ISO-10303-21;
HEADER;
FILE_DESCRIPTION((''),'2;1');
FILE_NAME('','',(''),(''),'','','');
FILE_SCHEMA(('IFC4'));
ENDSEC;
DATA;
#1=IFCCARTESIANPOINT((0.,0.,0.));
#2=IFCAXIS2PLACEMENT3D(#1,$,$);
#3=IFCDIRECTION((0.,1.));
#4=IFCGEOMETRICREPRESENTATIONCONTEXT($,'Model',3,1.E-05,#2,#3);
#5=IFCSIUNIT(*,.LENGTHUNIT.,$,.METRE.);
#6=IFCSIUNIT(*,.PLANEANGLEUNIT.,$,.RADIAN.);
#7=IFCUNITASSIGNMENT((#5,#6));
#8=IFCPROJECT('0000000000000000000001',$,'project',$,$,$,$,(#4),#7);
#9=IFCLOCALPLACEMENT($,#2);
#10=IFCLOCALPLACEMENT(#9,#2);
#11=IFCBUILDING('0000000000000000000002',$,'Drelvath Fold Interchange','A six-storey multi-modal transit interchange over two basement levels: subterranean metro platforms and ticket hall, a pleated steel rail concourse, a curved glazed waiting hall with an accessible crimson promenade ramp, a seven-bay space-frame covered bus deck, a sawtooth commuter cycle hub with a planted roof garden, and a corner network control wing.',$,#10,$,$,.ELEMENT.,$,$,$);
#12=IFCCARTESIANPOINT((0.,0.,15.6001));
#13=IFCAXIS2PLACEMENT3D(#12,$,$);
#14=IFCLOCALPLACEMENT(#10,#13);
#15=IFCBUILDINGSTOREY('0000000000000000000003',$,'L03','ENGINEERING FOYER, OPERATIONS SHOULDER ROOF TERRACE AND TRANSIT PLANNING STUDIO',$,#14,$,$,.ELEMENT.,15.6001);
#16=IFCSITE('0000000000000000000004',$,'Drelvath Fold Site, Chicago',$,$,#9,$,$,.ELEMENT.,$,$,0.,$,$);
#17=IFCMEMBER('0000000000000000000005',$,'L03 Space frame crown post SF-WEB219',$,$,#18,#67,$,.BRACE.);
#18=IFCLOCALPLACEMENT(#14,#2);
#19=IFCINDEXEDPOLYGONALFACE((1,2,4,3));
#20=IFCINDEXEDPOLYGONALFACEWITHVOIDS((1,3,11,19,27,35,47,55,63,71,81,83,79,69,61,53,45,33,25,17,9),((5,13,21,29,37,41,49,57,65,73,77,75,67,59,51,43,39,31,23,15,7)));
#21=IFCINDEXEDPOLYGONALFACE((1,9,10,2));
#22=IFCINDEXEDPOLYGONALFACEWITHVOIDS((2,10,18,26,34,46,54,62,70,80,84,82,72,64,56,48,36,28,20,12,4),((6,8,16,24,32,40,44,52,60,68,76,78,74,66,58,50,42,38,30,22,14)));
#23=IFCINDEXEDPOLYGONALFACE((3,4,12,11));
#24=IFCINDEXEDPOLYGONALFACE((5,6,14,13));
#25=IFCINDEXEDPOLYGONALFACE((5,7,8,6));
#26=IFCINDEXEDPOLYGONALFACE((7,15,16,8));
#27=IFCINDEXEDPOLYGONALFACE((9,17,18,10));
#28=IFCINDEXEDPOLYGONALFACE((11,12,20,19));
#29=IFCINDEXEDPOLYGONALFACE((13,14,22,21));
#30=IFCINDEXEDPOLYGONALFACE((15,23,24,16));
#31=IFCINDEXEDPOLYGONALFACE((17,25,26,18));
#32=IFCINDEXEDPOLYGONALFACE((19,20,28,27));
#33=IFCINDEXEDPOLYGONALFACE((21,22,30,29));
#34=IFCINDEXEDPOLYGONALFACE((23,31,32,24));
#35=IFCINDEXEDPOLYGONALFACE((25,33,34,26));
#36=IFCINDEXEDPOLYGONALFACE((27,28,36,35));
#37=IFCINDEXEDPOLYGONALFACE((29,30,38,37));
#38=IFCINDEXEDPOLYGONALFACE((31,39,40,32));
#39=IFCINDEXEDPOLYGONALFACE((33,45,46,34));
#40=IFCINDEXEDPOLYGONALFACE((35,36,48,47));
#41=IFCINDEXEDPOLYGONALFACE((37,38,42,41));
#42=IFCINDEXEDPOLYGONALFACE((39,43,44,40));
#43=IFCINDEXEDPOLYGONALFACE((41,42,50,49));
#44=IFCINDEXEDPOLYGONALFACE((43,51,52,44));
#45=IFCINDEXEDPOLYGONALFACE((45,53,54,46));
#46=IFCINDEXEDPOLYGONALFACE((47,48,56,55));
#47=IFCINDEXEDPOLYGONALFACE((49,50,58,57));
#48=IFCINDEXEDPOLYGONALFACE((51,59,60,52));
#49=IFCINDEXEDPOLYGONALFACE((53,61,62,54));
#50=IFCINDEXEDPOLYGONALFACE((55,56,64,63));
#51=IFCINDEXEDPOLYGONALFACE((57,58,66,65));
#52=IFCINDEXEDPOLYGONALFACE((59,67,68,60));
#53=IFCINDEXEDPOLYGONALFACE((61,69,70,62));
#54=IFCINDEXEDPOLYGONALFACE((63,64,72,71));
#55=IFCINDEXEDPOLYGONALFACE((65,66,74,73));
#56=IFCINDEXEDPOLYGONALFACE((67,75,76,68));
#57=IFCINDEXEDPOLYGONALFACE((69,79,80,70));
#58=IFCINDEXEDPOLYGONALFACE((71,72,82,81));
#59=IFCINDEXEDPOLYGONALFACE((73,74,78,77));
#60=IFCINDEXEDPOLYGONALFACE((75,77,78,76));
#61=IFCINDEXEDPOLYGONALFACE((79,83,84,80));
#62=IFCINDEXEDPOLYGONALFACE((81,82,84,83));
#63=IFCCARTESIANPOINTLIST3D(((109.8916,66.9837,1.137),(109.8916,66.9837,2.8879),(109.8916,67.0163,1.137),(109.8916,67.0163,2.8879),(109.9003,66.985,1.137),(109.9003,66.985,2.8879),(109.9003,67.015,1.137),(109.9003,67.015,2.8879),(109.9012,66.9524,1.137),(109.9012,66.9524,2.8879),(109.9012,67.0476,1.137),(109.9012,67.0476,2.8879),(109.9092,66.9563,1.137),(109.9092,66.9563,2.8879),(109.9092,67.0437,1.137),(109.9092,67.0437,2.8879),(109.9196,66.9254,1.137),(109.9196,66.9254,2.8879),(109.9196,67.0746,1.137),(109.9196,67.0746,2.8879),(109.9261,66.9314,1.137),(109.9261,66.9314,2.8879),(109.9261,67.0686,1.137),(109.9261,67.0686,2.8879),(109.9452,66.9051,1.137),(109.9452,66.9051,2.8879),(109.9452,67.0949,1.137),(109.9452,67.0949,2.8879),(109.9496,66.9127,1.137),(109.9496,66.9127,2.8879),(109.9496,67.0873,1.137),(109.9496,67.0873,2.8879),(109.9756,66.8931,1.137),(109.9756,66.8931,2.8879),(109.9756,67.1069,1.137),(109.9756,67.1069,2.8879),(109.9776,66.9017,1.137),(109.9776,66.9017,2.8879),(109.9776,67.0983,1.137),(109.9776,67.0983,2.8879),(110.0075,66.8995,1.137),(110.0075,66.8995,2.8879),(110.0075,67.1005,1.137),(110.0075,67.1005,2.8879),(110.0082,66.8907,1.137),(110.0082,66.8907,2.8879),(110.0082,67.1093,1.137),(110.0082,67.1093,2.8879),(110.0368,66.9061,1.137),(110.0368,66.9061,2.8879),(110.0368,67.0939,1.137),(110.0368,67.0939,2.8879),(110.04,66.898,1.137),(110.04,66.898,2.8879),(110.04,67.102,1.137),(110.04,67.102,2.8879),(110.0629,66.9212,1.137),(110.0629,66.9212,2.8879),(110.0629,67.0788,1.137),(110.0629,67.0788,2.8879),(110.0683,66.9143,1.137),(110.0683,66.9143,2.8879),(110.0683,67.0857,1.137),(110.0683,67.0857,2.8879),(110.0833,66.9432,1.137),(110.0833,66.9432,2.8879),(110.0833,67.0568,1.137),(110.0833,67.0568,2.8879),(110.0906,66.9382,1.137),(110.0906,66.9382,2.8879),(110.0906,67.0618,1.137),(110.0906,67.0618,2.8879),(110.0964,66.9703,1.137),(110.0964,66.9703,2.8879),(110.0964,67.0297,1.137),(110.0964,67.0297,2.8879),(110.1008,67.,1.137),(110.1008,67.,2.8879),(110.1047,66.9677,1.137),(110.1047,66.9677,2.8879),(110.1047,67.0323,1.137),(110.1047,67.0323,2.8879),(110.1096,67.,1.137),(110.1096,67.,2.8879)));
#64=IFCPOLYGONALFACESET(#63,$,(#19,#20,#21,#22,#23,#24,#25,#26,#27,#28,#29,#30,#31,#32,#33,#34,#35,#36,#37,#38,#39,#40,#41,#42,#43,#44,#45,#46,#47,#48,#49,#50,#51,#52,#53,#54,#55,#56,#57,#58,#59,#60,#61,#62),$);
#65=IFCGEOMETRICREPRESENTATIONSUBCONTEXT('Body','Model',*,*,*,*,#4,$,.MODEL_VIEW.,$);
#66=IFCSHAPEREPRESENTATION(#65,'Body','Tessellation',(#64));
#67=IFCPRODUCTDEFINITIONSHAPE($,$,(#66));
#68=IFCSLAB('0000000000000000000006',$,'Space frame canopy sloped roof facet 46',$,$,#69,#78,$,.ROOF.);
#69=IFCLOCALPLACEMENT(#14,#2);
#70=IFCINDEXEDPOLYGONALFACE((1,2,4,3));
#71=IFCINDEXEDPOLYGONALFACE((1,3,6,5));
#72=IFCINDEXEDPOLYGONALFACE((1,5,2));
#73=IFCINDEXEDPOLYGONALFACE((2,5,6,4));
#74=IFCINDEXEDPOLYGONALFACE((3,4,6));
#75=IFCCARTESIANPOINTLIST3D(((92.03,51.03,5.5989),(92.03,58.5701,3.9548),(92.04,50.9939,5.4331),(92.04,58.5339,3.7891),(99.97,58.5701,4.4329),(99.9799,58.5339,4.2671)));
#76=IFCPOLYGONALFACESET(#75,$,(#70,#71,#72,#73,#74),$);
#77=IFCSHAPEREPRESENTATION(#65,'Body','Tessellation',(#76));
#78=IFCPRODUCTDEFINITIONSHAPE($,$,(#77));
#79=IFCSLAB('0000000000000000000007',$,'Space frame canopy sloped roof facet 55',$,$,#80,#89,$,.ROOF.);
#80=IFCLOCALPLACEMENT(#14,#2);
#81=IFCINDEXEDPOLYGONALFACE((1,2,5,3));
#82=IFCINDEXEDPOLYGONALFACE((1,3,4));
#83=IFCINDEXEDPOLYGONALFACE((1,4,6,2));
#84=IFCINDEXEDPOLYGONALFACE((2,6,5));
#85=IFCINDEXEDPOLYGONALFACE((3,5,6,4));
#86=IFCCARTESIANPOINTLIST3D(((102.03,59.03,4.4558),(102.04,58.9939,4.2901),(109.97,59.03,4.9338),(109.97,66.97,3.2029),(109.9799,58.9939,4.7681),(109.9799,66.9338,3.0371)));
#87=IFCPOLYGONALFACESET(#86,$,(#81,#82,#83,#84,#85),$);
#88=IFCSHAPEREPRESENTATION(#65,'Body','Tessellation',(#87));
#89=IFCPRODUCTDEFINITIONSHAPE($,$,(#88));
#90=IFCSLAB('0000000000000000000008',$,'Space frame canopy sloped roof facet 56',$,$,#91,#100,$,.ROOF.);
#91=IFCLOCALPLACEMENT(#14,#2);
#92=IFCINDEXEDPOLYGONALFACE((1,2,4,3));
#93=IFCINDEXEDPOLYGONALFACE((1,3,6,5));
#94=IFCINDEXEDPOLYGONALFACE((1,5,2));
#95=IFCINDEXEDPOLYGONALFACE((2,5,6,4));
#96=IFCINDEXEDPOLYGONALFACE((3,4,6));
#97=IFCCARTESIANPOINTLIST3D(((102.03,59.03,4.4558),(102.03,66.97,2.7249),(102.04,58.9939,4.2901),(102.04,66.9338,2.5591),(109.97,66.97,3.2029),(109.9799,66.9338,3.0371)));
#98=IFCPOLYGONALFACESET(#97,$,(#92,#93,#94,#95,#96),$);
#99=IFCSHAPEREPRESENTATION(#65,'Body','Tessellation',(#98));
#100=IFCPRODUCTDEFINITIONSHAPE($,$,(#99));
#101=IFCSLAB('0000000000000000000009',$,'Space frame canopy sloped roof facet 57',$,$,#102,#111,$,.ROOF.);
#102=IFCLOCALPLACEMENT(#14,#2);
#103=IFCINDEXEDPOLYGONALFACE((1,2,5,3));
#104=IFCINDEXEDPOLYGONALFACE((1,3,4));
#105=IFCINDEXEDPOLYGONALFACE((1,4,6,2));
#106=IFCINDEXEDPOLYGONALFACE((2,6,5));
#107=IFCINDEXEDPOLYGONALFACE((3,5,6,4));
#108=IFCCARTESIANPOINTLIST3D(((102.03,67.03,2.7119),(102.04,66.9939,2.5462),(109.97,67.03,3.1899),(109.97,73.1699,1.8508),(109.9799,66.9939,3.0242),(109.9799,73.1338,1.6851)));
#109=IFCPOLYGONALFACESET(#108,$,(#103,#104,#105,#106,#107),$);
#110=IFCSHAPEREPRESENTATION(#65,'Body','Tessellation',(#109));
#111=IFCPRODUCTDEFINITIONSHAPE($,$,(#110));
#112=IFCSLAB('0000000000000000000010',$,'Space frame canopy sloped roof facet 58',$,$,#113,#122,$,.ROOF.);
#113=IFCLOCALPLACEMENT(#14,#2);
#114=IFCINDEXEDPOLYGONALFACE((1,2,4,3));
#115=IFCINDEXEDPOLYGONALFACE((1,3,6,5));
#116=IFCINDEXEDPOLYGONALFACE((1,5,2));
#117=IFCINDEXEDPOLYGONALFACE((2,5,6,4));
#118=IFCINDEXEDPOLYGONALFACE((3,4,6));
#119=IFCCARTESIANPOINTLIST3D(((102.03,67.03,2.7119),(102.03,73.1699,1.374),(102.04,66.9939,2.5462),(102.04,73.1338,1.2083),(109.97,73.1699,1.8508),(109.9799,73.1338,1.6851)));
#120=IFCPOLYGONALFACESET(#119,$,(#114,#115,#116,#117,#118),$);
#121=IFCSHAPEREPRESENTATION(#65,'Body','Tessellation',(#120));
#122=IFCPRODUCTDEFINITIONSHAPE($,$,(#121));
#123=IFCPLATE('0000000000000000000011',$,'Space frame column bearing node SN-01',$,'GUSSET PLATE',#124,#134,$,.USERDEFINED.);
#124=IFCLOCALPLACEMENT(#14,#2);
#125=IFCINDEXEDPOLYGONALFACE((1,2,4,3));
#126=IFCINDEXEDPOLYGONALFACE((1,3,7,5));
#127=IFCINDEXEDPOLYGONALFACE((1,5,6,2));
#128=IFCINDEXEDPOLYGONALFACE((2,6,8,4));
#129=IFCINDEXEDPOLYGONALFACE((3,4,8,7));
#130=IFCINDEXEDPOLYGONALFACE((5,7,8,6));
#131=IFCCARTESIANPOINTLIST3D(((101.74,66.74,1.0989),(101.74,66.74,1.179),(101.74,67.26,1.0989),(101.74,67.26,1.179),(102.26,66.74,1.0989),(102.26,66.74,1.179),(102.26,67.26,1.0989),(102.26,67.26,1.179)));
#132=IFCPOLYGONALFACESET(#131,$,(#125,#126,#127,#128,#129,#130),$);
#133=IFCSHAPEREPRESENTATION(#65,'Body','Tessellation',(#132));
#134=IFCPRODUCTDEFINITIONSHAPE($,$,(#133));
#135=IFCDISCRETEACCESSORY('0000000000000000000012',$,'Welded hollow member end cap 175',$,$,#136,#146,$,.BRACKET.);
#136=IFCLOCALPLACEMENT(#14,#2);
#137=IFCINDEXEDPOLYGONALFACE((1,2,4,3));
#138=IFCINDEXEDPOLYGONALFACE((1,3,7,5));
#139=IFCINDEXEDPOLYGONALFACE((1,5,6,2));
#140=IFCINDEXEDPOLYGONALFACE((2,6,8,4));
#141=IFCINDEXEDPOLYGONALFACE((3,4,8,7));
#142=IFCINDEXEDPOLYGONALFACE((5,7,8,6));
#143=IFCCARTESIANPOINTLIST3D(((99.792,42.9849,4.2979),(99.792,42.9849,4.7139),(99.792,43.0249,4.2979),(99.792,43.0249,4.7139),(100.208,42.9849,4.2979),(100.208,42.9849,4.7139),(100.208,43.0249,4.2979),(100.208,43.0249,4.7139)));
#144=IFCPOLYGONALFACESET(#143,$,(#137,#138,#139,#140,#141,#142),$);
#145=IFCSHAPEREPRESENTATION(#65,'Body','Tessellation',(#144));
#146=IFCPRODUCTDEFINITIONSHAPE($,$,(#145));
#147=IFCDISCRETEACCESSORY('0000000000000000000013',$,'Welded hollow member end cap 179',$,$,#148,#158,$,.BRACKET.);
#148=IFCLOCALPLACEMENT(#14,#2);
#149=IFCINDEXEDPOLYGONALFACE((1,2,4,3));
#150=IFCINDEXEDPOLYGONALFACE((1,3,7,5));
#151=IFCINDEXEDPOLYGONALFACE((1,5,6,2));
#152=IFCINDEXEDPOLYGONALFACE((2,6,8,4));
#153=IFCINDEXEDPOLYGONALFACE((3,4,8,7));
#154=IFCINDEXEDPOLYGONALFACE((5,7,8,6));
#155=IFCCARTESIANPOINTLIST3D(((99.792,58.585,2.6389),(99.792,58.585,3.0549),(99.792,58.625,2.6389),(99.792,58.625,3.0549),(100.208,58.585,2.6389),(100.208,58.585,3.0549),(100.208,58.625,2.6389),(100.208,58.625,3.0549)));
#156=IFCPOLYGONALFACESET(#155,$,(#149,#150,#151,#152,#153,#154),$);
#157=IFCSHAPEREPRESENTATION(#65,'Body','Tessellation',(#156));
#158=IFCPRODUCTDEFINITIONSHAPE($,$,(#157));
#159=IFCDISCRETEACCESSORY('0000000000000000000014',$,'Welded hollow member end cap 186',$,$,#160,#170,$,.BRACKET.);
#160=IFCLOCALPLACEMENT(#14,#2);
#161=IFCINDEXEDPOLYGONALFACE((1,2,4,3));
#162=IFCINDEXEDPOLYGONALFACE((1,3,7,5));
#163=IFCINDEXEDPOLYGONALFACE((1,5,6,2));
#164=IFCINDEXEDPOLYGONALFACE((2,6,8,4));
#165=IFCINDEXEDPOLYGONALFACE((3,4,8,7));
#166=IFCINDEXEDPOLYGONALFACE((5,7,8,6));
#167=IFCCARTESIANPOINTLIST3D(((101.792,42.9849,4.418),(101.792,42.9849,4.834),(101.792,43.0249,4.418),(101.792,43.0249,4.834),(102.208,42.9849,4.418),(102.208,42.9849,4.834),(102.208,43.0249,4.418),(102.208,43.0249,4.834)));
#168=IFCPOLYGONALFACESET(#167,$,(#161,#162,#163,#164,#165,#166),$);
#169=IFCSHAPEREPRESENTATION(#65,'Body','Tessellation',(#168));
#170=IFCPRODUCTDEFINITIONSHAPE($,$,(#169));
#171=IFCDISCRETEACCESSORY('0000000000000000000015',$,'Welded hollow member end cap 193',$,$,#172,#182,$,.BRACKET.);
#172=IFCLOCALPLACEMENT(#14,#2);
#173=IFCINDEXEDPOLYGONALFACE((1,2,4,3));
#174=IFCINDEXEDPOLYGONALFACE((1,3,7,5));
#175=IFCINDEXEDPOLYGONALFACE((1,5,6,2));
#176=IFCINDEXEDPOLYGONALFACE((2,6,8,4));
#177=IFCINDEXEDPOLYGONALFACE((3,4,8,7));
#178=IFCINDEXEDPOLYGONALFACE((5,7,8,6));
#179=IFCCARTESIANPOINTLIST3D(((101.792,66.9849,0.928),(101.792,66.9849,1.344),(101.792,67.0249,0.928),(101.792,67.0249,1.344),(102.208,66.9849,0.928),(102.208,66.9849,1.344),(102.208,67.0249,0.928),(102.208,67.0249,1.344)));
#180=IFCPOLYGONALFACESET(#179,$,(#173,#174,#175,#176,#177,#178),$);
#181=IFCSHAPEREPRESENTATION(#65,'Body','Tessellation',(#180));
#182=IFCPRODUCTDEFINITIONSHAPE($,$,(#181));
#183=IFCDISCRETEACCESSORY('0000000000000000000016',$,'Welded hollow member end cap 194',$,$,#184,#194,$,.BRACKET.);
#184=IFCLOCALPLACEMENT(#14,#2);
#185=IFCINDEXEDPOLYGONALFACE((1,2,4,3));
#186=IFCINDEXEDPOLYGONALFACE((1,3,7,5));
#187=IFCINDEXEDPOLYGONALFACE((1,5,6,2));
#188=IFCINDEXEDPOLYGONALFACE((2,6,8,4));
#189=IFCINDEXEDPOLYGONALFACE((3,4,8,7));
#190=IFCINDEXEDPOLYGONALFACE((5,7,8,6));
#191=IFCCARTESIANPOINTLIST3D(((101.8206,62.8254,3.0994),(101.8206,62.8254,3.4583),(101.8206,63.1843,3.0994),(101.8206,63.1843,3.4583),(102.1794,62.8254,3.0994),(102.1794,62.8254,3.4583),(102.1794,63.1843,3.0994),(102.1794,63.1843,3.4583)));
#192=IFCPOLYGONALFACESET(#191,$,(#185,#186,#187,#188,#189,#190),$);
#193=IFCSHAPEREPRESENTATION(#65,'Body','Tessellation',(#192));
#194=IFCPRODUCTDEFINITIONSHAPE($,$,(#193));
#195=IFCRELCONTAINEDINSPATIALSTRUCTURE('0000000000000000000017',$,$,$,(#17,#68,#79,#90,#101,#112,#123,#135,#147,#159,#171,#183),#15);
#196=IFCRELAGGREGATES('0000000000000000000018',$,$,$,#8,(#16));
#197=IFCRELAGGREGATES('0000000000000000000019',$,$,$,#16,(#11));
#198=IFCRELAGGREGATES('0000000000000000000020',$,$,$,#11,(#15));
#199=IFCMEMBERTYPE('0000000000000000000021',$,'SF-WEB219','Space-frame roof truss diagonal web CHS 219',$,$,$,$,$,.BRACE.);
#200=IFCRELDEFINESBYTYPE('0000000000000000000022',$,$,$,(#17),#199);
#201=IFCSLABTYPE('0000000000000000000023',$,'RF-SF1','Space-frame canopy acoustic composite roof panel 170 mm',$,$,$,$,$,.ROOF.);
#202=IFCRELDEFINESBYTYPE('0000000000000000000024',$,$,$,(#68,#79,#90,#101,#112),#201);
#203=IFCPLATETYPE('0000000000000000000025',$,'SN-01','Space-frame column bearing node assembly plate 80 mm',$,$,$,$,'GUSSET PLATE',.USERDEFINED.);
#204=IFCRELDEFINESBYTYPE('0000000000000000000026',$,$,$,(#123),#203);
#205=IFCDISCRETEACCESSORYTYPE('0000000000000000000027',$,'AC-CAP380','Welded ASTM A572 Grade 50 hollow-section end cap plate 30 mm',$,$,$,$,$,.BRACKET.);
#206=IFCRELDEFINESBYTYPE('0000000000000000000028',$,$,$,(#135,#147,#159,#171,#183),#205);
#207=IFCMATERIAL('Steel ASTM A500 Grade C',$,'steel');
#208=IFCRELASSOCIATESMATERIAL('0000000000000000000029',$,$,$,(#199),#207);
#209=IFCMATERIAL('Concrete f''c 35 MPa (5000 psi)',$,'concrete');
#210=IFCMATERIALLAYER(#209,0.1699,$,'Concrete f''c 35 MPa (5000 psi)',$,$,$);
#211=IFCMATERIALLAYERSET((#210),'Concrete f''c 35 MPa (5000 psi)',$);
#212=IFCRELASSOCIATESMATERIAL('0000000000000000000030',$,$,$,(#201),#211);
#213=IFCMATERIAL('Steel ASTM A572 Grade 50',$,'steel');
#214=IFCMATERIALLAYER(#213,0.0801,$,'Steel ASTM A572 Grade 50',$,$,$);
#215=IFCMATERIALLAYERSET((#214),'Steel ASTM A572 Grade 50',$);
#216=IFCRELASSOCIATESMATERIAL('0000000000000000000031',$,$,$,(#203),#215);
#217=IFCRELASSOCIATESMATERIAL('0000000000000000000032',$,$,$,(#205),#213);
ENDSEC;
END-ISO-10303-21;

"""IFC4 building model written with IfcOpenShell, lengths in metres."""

from ifc_helpers import new_model, si_unit, direction, frame, origin, origin_2d, place, context, subcontext, project, spatial, polyline, rectangle, hollow_circle, outline, extrude, material, layer, layer_set, material_profile, profile_set, type_object, element, save


model = new_model("IFC4")

# Units and contexts
model_context = context("Model", 3, precision=1e-05, world=origin(), true_north=direction((0.0, 1.0)))
body_context = subcontext(model_context, "Body", "Model", "MODEL_VIEW")
ifc_project = project(units=[si_unit("LENGTHUNIT", "METRE"), si_unit("PLANEANGLEUNIT", "RADIAN")], contexts=[model_context])

# Site, building, storey
site_placement = place(None, origin())
site = spatial("IfcSite", under=ifc_project, at=site_placement, Name="Drelvath Fold Site, Chicago", CompositionType="ELEMENT", RefElevation=0.0)
building_placement = place(site_placement, origin())
building = spatial("IfcBuilding", under=site, at=building_placement, Name="Drelvath Fold Interchange", Description="A six-storey multi-modal transit interchange over two basement levels: subterranean metro platforms and ticket hall, a pleated steel rail concourse, a curved glazed waiting hall with an accessible crimson promenade ramp, a seven-bay space-frame covered bus deck, a sawtooth commuter cycle hub with a planted roof garden, and a corner network control wing.", CompositionType="ELEMENT")
storey_placement = place(building_placement, frame((0.0, 0.0, 15.6001)))
storey = spatial("IfcBuildingStorey", under=building, at=storey_placement, Name="L03", Description="ENGINEERING FOYER, OPERATIONS SHOULDER ROOF TERRACE AND TRANSIT PLANNING STUDIO", CompositionType="ELEMENT", Elevation=15.6001)

# Shared definitions
ifc_material_1 = material(Name="Steel ASTM A500 Grade C", Category="steel")

# Member
ifc_material_profile_1 = material_profile(ifc_material_1, hollow_circle(Radius=0.1096, WallThickness=0.0088, at=origin_2d()), Name="HSS8.625X0.375")
ifc_profile_set_1 = profile_set([ifc_material_profile_1], Name="Steel ASTM A500 Grade C")
member_type_1 = type_object("IfcMemberType", Name="SF-WEB219", Description="Space-frame roof truss diagonal web CHS 219", PredefinedType="BRACE", material=ifc_profile_set_1)
for number, where, z_axis, x_axis, name in (
    (1, (110.0, 67.0, 1.137), (0.0, 0.0, 1.0), (1.0, 0.0, 0.0), "L03 Space frame crown post SF-WEB219"),
):
    element("IfcMember", number, at=place(storey_placement, frame(where, z_axis=z_axis, x_axis=x_axis)), inside=storey, type_object=member_type_1, Name=name, PredefinedType="BRACE", context=body_context, shape_type="SweptSolid", body=[
        extrude(hollow_circle(Radius=0.1096, WallThickness=0.0088, at=origin_2d()), origin(), (0.0, 0.0, 1.0), 1.751),
    ])

# Slabs
ifc_material_2 = material(Name="Concrete f'c 35 MPa (5000 psi)", Category="concrete")
ifc_layer_1 = layer(ifc_material_2, 0.1699, Name="Concrete f'c 35 MPa (5000 psi)")
ifc_layer_set_1 = layer_set([ifc_layer_1], Name="Concrete f'c 35 MPa (5000 psi)")
slab_type = type_object("IfcSlabType", Name="RF-SF1", Description="Space-frame canopy acoustic composite roof panel 170 mm", PredefinedType="ROOF", material=ifc_layer_set_1)
slab_1_placement = place(storey_placement, frame((92.03, 51.03, 5.5989), z_axis=(-0.058722, 0.212669, 0.975358), x_axis=(0.721055, 0.684739, -0.10589)))
element("IfcSlab", 2, at=slab_1_placement, inside=storey, type_object=slab_type, Name="Space frame canopy sloped roof facet 46", PredefinedType="ROOF", context=body_context, shape_type="SweptSolid", body=[
    extrude(outline(polyline([(0.0, 0.0), (11.0116, 0.0), (5.337, 5.5741), (0.0, 0.0)])), origin(), (0.0, 0.0, -1.0), 0.1699),
])
slab_2_placement = place(storey_placement, frame((102.03, 59.03, 4.4558), z_axis=(-0.058722, 0.212636, 0.975365), x_axis=(0.998193, 0.0, 0.060097)))
element("IfcSlab", 3, at=slab_2_placement, inside=storey, type_object=slab_type, Name="Space frame canopy sloped roof facet 55", PredefinedType="ROOF", context=body_context, shape_type="SweptSolid", body=[
    extrude(outline(polyline([(0.0, 0.0), (7.9543, 0.0), (7.8503, 8.1258), (0.0, 0.0)])), origin(), (0.0, 0.0, -1.0), 0.1699),
])
slab_3_placement = place(storey_placement, frame((102.03, 59.03, 4.4558), z_axis=(-0.058722, 0.212636, 0.975365), x_axis=(0.702746, 0.702746, -0.110894)))
element("IfcSlab", 4, at=slab_3_placement, inside=storey, type_object=slab_type, Name="Space frame canopy sloped roof facet 56", PredefinedType="ROOF", context=body_context, shape_type="SweptSolid", body=[
    extrude(outline(polyline([(0.0, 0.0), (11.2985, 0.0), (5.7717, 5.7207), (0.0, 0.0)])), origin(), (0.0, 0.0, -1.0), 0.1699),
])
slab_4_placement = place(storey_placement, frame((102.03, 67.03, 2.7119), z_axis=(-0.058721, 0.212723, 0.975346), x_axis=(0.998193, 0.0, 0.060097)))
element("IfcSlab", 5, at=slab_4_placement, inside=storey, type_object=slab_type, Name="Space frame canopy sloped roof facet 57", PredefinedType="ROOF", context=body_context, shape_type="SweptSolid", body=[
    extrude(outline(polyline([(0.0, 0.0), (7.9543, 0.0), (7.8738, 6.2837), (0.0, 0.0)])), origin(), (0.0, 0.0, -1.0), 0.1699),
])
slab_5_placement = place(storey_placement, frame((102.03, 67.03, 2.7119), z_axis=(-0.058574, 0.21254, 0.975395), x_axis=(0.788174, 0.609488, -0.085477)))
element("IfcSlab", 6, at=slab_5_placement, inside=storey, type_object=slab_type, Name="Space frame canopy sloped roof facet 58", PredefinedType="ROOF", context=body_context, shape_type="SweptSolid", body=[
    extrude(outline(polyline([(0.0, 0.0), (10.0738, 0.0), (3.8566, 4.9614), (0.0, 0.0)])), origin(), (0.0, 0.0, -1.0), 0.1699),
])

# Plate
ifc_material_3 = material(Name="Steel ASTM A572 Grade 50", Category="steel")
ifc_layer_2 = layer(ifc_material_3, 0.0801, Name="Steel ASTM A572 Grade 50")
ifc_layer_set_2 = layer_set([ifc_layer_2], Name="Steel ASTM A572 Grade 50")
plate_type = type_object("IfcPlateType", Name="SN-01", Description="Space-frame column bearing node assembly plate 80 mm", ElementType="GUSSET PLATE", PredefinedType="USERDEFINED", material=ifc_layer_set_2)
plate_placement = place(storey_placement, frame((102.0, 67.0, 1.0989), z_axis=(0.0, 0.0, 1.0), x_axis=(1.0, 0.0, 0.0)))
element("IfcPlate", 7, at=plate_placement, inside=storey, type_object=plate_type, Name="Space frame column bearing node SN-01", ObjectType="GUSSET PLATE", PredefinedType="USERDEFINED", context=body_context, shape_type="SweptSolid", body=[
    extrude(rectangle(XDim=0.52, YDim=0.52, at=origin_2d()), origin(), (0.0, 0.0, 1.0), 0.0801),
])

# Discrete accessories
discrete_accessory_type = type_object("IfcDiscreteAccessoryType", Name="AC-CAP380", Description="Welded ASTM A572 Grade 50 hollow-section end cap plate 30 mm", PredefinedType="BRACKET", material=ifc_material_3)
for number, where, z_axis, x_axis, name in (
    (8, (100.0, 43.0049, 4.2979), (0.0, 0.0, 1.0), (1.0, 0.0, 0.0), "Welded hollow member end cap 175"),
    (9, (100.0, 58.605, 2.6389), (0.0, 0.0, 1.0), (1.0, 0.0, 0.0), "Welded hollow member end cap 179"),
    (10, (102.0, 43.0049, 4.418), (0.0, 0.0, 1.0), (1.0, 0.0, 0.0), "Welded hollow member end cap 186"),
    (11, (102.0, 67.0049, 0.928), (0.0, 0.0, 1.0), (1.0, 0.0, 0.0), "Welded hollow member end cap 193"),
):
    element("IfcDiscreteAccessory", number, at=place(storey_placement, frame(where, z_axis=z_axis, x_axis=x_axis)), inside=storey, type_object=discrete_accessory_type, Name=name, PredefinedType="BRACKET", context=body_context, shape_type="SweptSolid", body=[
        extrude(rectangle(XDim=0.416, YDim=0.04, at=origin_2d()), origin(), (0.0, 0.0, 1.0), 0.416),
    ])
discrete_accessory_1_placement = place(storey_placement, frame((102.0, 63.0049, 3.0994), z_axis=(0.0, 0.0, 1.0), x_axis=(1.0, 0.0, 0.0)))
element("IfcDiscreteAccessory", 12, at=discrete_accessory_1_placement, inside=storey, type_object=discrete_accessory_type, Name="Welded hollow member end cap 194", PredefinedType="BRACKET", context=body_context, shape_type="SweptSolid", body=[
    extrude(rectangle(XDim=0.3589, YDim=0.3589, at=origin_2d()), origin(), (0.0, 0.0, 1.0), 0.3589),
])

save(model, "model.ifc")
